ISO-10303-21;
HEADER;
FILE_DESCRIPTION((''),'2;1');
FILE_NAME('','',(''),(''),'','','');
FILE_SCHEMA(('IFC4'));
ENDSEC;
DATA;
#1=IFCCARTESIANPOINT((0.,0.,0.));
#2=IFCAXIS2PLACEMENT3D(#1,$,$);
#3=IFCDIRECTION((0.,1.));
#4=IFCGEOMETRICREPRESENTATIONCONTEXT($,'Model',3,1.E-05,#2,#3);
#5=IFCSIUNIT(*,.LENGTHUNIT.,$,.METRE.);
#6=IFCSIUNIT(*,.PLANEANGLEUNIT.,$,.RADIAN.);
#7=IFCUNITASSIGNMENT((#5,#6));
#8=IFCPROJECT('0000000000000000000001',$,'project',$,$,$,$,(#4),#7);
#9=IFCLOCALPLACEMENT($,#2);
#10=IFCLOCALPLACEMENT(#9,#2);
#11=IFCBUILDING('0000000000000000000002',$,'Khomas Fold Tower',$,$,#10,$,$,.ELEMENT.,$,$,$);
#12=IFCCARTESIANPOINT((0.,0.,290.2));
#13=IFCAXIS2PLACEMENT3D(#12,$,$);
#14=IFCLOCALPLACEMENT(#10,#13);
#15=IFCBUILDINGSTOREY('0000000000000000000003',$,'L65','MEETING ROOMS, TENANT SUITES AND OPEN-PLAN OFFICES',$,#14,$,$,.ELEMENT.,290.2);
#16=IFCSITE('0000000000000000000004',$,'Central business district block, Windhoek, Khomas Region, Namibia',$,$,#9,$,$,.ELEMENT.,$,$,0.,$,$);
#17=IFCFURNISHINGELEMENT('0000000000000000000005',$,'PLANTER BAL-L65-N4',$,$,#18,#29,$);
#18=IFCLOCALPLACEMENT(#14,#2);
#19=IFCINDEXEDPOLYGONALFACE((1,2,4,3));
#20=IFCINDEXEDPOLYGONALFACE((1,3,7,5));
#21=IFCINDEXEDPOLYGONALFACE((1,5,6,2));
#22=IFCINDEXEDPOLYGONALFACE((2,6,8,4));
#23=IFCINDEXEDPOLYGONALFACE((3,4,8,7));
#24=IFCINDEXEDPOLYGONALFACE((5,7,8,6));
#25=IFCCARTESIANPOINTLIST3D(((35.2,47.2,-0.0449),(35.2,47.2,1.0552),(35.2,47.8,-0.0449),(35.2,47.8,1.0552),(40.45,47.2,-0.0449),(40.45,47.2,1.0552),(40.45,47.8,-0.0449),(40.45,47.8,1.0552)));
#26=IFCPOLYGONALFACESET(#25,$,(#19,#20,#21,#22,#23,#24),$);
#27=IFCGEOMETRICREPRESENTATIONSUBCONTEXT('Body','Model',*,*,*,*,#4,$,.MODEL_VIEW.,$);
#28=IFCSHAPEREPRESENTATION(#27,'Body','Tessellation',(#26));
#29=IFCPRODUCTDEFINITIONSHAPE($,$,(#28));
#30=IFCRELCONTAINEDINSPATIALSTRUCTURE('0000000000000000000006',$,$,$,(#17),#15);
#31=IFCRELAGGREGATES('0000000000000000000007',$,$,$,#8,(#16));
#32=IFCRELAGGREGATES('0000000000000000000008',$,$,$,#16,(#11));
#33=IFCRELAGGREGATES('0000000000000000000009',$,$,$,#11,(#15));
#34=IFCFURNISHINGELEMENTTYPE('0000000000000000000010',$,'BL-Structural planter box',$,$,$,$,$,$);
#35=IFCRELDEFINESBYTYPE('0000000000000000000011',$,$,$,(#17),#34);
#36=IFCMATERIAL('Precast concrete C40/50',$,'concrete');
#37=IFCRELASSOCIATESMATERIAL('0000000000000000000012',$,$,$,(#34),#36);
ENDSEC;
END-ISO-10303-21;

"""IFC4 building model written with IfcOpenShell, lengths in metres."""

from ifc_helpers import new_model, si_unit, direction, frame, origin, origin_2d, place, context, subcontext, project, spatial, rectangle, extrude, source, transform, mapped, material, type_object, element, save


model = new_model("IFC4")

# Units and contexts
model_context = context("Model", 3, precision=1e-05, world=origin(), true_north=direction((0.0, 1.0)))
body_context = subcontext(model_context, "Body", "Model", "MODEL_VIEW")
ifc_project = project(units=[si_unit("LENGTHUNIT", "METRE"), si_unit("PLANEANGLEUNIT", "RADIAN")], contexts=[model_context])

# Site, building, storey
site_placement = place(None, origin())
site = spatial("IfcSite", under=ifc_project, at=site_placement, Name="Central business district block, Windhoek, Khomas Region, Namibia", CompositionType="ELEMENT", RefElevation=0.0)
building_placement = place(site_placement, origin())
building = spatial("IfcBuilding", under=site, at=building_placement, Name="Khomas Fold Tower", CompositionType="ELEMENT")
storey_placement = place(building_placement, frame((0.0, 0.0, 290.2)))
storey = spatial("IfcBuildingStorey", under=building, at=storey_placement, Name="L65", Description="MEETING ROOMS, TENANT SUITES AND OPEN-PLAN OFFICES", CompositionType="ELEMENT", Elevation=290.2)

# Furnishing element
ifc_material_1 = material(Name="Precast concrete C40/50", Category="concrete")
furnishing_element_type_1 = type_object("IfcFurnishingElementType", Name="BL-Structural planter box", material=ifc_material_1)
shared_shape_1 = source(origin(), body_context, "Body", "SweptSolid", [
    extrude(rectangle(XDim=5.25, YDim=0.6001, at=origin_2d()), origin(), (0.0, 0.0, 1.0), 1.1001),
])
furnishing_1_placement = place(storey_placement, frame((37.825, 47.5, -0.0449), z_axis=(0.0, 0.0, 1.0), x_axis=(1.0, 0.0, 0.0)))
element("IfcFurnishingElement", 1, at=furnishing_1_placement, inside=storey, type_object=furnishing_element_type_1, Name="PLANTER BAL-L65-N4", context=body_context, shape_type="MappedRepresentation", body=[
    mapped(shared_shape_1, transform((0.0, 0.0, 0.0))),
])

save(model, "model.ifc")
